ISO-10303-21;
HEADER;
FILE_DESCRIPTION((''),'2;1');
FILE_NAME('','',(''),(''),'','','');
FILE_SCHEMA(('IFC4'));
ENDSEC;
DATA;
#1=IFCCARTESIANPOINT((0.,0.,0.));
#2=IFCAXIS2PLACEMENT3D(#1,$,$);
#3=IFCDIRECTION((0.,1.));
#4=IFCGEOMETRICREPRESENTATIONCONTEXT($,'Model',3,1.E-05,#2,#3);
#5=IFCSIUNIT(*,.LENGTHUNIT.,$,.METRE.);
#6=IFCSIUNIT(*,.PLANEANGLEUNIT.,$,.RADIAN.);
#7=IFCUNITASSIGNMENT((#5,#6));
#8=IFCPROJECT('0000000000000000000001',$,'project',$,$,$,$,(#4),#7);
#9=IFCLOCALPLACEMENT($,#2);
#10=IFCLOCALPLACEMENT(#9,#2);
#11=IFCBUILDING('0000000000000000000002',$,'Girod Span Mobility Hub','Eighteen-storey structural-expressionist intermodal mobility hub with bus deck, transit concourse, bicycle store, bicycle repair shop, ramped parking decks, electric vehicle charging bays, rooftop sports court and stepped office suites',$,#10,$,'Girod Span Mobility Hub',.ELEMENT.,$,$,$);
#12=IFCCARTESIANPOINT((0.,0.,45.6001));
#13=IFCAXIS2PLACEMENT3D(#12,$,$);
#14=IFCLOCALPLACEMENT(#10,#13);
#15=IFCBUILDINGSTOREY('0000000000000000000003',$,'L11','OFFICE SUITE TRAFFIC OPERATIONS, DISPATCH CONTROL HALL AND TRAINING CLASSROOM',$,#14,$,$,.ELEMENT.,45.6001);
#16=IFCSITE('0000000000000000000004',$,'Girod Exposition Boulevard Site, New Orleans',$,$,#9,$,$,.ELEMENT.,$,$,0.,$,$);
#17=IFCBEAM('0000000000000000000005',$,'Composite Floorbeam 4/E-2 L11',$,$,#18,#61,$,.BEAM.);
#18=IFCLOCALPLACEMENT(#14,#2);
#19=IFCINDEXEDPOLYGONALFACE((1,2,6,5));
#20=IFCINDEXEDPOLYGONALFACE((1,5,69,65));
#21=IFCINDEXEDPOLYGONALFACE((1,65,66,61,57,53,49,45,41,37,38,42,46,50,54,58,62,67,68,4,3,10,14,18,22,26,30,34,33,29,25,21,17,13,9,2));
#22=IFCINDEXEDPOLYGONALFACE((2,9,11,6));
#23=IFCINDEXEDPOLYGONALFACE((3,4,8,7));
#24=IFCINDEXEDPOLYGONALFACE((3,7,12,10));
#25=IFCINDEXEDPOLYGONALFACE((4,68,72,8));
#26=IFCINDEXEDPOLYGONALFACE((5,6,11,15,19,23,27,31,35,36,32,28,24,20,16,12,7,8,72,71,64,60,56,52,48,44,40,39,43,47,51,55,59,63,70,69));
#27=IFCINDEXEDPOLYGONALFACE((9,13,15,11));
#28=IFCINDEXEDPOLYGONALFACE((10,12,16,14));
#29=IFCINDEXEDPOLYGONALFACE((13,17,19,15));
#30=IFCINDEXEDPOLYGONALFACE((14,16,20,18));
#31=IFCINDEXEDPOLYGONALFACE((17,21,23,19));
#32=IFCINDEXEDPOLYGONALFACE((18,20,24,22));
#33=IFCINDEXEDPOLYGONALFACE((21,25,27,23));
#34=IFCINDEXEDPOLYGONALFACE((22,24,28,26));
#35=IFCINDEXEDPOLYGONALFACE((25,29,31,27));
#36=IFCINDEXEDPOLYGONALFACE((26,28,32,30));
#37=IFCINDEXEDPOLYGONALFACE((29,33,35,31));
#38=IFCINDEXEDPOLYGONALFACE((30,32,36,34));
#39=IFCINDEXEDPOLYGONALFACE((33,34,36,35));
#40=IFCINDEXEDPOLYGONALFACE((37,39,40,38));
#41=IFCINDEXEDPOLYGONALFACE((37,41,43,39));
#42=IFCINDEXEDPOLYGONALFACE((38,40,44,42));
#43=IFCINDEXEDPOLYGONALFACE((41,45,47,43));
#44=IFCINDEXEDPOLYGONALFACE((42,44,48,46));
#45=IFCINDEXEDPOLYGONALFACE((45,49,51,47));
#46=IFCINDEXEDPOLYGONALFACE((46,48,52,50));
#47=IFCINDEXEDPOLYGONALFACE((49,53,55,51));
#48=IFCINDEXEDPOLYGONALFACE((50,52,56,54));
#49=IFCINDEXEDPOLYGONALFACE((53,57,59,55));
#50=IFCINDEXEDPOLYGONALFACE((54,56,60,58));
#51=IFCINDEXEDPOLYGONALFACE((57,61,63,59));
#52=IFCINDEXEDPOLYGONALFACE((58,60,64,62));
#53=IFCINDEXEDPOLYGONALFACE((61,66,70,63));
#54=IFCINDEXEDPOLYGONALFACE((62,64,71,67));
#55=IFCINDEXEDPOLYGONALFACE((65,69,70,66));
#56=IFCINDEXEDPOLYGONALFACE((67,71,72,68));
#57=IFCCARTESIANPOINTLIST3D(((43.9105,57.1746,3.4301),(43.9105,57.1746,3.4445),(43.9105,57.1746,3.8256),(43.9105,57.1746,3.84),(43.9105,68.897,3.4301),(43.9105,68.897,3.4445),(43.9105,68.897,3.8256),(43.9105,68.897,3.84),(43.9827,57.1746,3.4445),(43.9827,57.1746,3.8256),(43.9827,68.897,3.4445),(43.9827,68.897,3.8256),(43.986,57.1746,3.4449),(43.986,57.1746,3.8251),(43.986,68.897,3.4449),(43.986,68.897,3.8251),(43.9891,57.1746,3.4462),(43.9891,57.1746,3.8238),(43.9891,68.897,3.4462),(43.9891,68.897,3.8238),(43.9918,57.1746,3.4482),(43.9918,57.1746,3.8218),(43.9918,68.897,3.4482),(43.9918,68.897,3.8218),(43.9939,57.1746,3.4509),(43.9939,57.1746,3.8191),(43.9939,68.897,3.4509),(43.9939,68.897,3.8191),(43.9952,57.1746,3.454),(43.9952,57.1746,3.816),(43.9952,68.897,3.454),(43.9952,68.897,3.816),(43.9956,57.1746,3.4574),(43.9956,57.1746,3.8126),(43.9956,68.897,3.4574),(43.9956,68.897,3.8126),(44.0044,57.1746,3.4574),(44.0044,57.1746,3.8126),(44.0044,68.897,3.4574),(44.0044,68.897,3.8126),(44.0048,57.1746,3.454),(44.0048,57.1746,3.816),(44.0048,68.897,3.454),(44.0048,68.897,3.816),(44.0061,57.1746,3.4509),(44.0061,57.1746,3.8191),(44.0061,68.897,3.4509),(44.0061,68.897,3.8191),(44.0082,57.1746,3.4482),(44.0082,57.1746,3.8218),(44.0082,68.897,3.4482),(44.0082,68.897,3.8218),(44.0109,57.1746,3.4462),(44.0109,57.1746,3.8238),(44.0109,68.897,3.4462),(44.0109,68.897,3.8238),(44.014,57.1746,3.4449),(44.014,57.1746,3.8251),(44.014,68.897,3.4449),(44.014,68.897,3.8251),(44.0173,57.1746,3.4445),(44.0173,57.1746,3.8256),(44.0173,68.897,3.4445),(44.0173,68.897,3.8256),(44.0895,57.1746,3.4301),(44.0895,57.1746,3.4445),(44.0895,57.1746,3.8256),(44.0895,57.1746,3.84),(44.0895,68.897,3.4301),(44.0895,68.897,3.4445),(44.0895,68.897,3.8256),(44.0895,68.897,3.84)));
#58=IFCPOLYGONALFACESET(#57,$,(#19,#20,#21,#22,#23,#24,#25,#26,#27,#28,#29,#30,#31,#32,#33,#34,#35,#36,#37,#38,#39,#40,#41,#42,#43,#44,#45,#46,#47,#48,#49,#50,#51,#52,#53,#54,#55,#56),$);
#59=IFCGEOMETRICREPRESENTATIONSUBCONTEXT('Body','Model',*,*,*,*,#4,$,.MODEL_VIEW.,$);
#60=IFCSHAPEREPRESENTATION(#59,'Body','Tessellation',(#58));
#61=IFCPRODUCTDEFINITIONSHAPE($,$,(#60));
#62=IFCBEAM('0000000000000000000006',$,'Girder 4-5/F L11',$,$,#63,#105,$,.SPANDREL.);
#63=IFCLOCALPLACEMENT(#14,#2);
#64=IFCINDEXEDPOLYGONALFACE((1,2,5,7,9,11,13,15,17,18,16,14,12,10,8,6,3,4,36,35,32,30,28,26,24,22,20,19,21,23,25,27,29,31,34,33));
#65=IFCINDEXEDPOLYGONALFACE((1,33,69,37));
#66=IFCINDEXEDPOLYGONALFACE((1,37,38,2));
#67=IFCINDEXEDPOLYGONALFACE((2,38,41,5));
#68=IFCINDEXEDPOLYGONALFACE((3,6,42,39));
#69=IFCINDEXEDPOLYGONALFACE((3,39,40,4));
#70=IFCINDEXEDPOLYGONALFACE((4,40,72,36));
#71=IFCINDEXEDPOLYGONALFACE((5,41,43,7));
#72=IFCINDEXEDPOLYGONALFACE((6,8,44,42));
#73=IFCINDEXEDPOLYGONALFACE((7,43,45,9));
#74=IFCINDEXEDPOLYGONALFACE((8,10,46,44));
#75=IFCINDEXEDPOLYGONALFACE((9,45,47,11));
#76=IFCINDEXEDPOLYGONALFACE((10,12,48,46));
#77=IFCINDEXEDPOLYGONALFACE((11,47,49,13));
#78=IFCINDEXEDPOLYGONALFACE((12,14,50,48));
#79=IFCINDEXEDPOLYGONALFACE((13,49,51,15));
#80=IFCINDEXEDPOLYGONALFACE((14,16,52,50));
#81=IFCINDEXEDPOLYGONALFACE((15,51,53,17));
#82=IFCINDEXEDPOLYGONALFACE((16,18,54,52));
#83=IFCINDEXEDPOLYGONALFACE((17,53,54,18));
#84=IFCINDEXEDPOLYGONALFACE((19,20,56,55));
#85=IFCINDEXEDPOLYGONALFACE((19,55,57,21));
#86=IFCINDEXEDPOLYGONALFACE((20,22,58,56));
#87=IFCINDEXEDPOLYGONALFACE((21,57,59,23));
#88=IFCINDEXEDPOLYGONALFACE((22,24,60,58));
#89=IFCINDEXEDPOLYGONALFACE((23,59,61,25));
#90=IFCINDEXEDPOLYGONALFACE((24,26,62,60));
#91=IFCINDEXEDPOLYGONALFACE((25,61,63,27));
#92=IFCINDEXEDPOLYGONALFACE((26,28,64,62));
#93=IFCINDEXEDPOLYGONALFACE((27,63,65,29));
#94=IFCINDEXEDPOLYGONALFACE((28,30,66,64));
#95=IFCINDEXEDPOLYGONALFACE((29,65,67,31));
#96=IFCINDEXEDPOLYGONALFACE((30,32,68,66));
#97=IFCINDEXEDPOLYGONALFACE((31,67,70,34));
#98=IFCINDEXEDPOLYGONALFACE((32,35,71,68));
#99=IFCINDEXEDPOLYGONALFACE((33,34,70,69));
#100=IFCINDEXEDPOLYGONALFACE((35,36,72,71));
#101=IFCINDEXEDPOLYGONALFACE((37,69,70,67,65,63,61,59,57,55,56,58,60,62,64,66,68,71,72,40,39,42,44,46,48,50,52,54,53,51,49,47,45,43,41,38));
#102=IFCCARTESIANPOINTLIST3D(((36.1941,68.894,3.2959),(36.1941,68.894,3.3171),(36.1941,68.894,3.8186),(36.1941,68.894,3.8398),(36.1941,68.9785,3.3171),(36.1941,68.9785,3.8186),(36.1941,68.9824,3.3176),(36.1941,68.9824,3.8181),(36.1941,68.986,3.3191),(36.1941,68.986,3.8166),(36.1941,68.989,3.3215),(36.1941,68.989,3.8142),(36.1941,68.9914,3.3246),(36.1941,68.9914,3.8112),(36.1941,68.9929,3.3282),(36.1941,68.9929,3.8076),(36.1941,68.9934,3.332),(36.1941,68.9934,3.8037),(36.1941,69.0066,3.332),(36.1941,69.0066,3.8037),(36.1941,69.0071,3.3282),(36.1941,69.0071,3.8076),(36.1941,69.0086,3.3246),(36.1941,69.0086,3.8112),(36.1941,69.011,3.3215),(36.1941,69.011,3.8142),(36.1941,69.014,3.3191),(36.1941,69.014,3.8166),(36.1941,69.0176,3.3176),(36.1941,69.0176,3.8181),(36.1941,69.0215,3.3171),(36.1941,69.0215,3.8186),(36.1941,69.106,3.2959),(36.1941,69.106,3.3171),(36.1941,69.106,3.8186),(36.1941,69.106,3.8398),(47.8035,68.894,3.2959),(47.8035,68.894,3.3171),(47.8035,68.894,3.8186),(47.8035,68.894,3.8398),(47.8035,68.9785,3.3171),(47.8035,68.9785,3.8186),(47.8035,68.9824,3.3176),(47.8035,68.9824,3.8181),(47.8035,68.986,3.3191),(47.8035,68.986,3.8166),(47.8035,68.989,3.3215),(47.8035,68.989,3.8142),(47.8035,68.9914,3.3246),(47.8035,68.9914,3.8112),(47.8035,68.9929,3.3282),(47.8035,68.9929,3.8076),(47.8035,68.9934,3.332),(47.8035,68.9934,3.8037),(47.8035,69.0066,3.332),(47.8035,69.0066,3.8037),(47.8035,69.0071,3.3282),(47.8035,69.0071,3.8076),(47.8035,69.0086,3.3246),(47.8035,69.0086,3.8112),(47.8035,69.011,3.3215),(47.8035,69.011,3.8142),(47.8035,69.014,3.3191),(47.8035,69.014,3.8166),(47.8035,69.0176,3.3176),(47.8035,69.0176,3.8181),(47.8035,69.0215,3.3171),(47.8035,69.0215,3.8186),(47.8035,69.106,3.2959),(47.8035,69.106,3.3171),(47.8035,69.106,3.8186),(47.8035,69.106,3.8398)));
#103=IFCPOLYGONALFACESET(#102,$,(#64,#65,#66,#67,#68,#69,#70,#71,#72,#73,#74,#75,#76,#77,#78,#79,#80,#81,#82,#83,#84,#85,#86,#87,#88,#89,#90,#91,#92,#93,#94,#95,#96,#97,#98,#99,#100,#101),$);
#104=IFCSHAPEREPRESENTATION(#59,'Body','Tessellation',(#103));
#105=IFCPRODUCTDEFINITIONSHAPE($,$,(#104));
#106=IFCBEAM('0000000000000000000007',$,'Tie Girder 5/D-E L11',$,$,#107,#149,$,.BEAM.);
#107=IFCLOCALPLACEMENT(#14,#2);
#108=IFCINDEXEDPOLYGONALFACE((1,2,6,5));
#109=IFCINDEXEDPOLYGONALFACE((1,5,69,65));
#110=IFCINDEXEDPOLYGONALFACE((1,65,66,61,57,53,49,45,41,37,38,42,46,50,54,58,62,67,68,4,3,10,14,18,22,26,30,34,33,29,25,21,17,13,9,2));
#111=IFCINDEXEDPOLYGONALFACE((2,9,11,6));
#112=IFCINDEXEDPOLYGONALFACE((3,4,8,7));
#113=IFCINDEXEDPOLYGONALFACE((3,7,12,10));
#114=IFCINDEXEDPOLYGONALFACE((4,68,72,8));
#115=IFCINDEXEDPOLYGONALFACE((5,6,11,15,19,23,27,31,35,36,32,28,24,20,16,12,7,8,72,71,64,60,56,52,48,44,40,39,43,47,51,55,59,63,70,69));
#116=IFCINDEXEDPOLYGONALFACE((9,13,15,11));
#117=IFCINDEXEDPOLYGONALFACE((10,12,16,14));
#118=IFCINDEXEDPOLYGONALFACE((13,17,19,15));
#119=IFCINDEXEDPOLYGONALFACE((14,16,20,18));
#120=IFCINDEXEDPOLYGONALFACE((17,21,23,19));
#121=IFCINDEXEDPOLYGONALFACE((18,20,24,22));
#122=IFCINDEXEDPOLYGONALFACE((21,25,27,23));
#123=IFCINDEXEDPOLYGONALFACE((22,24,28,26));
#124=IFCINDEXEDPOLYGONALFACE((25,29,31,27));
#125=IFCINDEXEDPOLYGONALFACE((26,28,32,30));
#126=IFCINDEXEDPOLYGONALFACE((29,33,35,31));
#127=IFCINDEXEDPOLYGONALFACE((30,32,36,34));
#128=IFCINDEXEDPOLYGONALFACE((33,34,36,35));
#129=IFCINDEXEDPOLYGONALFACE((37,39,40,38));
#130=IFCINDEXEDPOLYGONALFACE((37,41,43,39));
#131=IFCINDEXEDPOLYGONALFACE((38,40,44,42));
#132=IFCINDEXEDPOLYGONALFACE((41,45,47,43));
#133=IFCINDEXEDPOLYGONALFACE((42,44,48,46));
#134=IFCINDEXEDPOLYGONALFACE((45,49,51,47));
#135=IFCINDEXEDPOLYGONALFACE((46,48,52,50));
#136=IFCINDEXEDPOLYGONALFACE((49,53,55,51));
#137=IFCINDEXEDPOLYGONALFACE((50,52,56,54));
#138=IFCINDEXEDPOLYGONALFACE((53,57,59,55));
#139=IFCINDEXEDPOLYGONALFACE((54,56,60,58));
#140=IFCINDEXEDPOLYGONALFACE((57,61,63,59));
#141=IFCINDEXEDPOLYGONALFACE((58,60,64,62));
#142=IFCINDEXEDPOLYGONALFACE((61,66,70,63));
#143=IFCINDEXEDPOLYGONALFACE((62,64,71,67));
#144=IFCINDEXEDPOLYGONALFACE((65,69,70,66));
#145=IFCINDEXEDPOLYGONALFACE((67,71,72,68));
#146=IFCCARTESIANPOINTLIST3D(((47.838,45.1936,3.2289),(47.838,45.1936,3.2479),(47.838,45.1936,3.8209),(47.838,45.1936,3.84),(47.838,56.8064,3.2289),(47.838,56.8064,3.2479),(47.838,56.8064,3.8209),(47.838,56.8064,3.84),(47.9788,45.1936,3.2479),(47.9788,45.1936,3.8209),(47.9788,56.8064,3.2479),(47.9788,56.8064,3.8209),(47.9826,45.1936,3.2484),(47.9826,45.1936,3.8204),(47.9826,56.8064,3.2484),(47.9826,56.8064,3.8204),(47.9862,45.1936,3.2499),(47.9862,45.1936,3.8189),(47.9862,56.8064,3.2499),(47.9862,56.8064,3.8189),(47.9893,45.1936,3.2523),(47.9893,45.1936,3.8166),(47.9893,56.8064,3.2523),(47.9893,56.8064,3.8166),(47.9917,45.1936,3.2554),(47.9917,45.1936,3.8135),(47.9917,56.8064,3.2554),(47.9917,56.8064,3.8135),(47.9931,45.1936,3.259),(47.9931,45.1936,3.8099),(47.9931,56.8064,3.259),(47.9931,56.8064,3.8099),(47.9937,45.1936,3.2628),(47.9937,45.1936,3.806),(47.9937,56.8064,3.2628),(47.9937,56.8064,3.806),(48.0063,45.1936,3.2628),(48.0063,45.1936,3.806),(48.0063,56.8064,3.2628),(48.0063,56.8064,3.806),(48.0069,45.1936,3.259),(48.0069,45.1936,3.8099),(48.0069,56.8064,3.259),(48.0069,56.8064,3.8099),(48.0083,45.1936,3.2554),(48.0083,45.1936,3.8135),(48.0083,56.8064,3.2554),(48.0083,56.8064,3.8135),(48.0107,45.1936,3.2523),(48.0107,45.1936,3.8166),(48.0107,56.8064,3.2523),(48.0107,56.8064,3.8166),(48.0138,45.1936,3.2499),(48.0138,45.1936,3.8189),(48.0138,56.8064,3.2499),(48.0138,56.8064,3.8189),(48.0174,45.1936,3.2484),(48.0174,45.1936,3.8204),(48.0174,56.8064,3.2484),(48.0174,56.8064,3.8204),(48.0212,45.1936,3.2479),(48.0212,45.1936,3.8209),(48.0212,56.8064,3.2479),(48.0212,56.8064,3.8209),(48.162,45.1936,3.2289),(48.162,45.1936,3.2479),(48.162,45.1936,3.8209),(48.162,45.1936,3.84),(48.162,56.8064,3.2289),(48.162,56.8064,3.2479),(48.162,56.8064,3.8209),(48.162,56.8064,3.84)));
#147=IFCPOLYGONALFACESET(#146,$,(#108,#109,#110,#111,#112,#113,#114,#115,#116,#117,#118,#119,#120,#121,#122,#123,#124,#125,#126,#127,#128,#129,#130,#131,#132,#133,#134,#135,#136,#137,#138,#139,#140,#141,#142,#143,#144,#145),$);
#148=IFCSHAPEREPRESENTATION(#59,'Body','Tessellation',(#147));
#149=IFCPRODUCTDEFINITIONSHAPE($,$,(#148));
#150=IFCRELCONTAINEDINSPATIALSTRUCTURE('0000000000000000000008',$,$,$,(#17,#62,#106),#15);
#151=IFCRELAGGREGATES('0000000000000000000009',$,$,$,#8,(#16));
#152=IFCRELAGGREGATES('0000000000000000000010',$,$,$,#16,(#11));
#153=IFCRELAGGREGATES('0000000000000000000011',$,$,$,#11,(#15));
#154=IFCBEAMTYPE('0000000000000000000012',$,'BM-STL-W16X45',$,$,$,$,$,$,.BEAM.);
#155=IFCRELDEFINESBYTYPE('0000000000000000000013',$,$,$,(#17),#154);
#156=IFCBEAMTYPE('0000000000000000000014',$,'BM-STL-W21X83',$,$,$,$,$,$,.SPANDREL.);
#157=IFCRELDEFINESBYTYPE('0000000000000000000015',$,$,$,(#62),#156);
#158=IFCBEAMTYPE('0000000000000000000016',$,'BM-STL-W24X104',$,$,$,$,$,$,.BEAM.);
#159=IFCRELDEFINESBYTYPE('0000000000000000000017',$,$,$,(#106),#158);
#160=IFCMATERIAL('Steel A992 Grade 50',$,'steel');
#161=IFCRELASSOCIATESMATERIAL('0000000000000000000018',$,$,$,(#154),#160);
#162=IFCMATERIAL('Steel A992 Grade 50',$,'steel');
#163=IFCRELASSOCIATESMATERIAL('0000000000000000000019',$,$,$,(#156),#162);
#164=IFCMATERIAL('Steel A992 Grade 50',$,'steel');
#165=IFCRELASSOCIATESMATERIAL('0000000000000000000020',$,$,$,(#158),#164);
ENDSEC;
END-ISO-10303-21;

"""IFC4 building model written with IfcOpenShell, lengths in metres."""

from ifc_helpers import new_model, si_unit, direction, frame, origin, origin_2d, place, context, subcontext, project, spatial, i_section, extrude, material, material_profile, profile_set, type_object, element, save


model = new_model("IFC4")

# Units and contexts
model_context = context("Model", 3, precision=1e-05, world=origin(), true_north=direction((0.0, 1.0)))
body_context = subcontext(model_context, "Body", "Model", "MODEL_VIEW")
ifc_project = project(units=[si_unit("LENGTHUNIT", "METRE"), si_unit("PLANEANGLEUNIT", "RADIAN")], contexts=[model_context])

# Site, building, storey
site_placement = place(None, origin())
site = spatial("IfcSite", under=ifc_project, at=site_placement, Name="Girod Exposition Boulevard Site, New Orleans", CompositionType="ELEMENT", RefElevation=0.0)
building_placement = place(site_placement, origin())
building = spatial("IfcBuilding", under=site, at=building_placement, Name="Girod Span Mobility Hub", Description="Eighteen-storey structural-expressionist intermodal mobility hub with bus deck, transit concourse, bicycle store, bicycle repair shop, ramped parking decks, electric vehicle charging bays, rooftop sports court and stepped office suites", LongName="Girod Span Mobility Hub", CompositionType="ELEMENT")
storey_placement = place(building_placement, frame((0.0, 0.0, 45.6001)))
storey = spatial("IfcBuildingStorey", under=building, at=storey_placement, Name="L11", Description="OFFICE SUITE TRAFFIC OPERATIONS, DISPATCH CONTROL HALL AND TRAINING CLASSROOM", CompositionType="ELEMENT", Elevation=45.6001)

# Beams
ifc_material_1 = material(Name="Steel A992 Grade 50", Category="steel")
ifc_material_profile_1 = material_profile(ifc_material_1, i_section(OverallWidth=0.179, OverallDepth=0.4099, WebThickness=0.0088, FlangeThickness=0.0144, FilletRadius=0.0129, at=origin_2d()), Name="W16X45")
ifc_profile_set_1 = profile_set([ifc_material_profile_1], Name="Steel A992 Grade 50")
beam_type_1 = type_object("IfcBeamType", Name="BM-STL-W16X45", PredefinedType="BEAM", material=ifc_profile_set_1)
for number, where, z_axis, x_axis, name in (
    (1, (44.0, 57.1746, 3.635), (0.0, 1.0, 0.0), (-1.0, 0.0, 0.0), "Composite Floorbeam 4/E-2 L11"),
):
    element("IfcBeam", number, at=place(storey_placement, frame(where, z_axis=z_axis, x_axis=x_axis)), inside=storey, type_object=beam_type_1, Name=name, PredefinedType="BEAM", context=body_context, shape_type="SweptSolid", body=[
        extrude(i_section(OverallWidth=0.179, OverallDepth=0.4099, WebThickness=0.0088, FlangeThickness=0.0144, FilletRadius=0.0129, at=origin_2d()), origin(), (0.0, 0.0, 1.0), 11.7224),
    ])
ifc_material_2 = material(Name="Steel A992 Grade 50", Category="steel")
ifc_material_profile_2 = material_profile(ifc_material_2, i_section(OverallWidth=0.2119, OverallDepth=0.5439, WebThickness=0.0132, FlangeThickness=0.0212, FilletRadius=0.0149, at=origin_2d()), Name="W21X83")
ifc_profile_set_2 = profile_set([ifc_material_profile_2], Name="Steel A992 Grade 50")
beam_type_2 = type_object("IfcBeamType", Name="BM-STL-W21X83", PredefinedType="SPANDREL", material=ifc_profile_set_2)
beam_1_placement = place(storey_placement, frame((36.1941, 69.0, 3.5679), z_axis=(1.0, 0.0, 0.0), x_axis=(0.0, 1.0, 0.0)))
element("IfcBeam", 2, at=beam_1_placement, inside=storey, type_object=beam_type_2, Name="Girder 4-5/F L11", PredefinedType="SPANDREL", context=body_context, shape_type="SweptSolid", body=[
    extrude(i_section(OverallWidth=0.2119, OverallDepth=0.5439, WebThickness=0.0132, FlangeThickness=0.0212, FilletRadius=0.0149, at=origin_2d()), origin(), (0.0, 0.0, 1.0), 11.6094),
])
ifc_material_3 = material(Name="Steel A992 Grade 50", Category="steel")
ifc_material_profile_3 = material_profile(ifc_material_3, i_section(OverallWidth=0.324, OverallDepth=0.6111, WebThickness=0.0127, FlangeThickness=0.019, FilletRadius=0.0149, at=origin_2d()), Name="W24X104")
ifc_profile_set_3 = profile_set([ifc_material_profile_3], Name="Steel A992 Grade 50")
beam_type_3 = type_object("IfcBeamType", Name="BM-STL-W24X104", PredefinedType="BEAM", material=ifc_profile_set_3)
beam_2_placement = place(storey_placement, frame((48.0, 45.1936, 3.5344), z_axis=(0.0, 1.0, 0.0), x_axis=(-1.0, 0.0, 0.0)))
element("IfcBeam", 3, at=beam_2_placement, inside=storey, type_object=beam_type_3, Name="Tie Girder 5/D-E L11", PredefinedType="BEAM", context=body_context, shape_type="SweptSolid", body=[
    extrude(i_section(OverallWidth=0.324, OverallDepth=0.6111, WebThickness=0.0127, FlangeThickness=0.019, FilletRadius=0.0149, at=origin_2d()), origin(), (0.0, 0.0, 1.0), 11.6128),
])

save(model, "model.ifc")
